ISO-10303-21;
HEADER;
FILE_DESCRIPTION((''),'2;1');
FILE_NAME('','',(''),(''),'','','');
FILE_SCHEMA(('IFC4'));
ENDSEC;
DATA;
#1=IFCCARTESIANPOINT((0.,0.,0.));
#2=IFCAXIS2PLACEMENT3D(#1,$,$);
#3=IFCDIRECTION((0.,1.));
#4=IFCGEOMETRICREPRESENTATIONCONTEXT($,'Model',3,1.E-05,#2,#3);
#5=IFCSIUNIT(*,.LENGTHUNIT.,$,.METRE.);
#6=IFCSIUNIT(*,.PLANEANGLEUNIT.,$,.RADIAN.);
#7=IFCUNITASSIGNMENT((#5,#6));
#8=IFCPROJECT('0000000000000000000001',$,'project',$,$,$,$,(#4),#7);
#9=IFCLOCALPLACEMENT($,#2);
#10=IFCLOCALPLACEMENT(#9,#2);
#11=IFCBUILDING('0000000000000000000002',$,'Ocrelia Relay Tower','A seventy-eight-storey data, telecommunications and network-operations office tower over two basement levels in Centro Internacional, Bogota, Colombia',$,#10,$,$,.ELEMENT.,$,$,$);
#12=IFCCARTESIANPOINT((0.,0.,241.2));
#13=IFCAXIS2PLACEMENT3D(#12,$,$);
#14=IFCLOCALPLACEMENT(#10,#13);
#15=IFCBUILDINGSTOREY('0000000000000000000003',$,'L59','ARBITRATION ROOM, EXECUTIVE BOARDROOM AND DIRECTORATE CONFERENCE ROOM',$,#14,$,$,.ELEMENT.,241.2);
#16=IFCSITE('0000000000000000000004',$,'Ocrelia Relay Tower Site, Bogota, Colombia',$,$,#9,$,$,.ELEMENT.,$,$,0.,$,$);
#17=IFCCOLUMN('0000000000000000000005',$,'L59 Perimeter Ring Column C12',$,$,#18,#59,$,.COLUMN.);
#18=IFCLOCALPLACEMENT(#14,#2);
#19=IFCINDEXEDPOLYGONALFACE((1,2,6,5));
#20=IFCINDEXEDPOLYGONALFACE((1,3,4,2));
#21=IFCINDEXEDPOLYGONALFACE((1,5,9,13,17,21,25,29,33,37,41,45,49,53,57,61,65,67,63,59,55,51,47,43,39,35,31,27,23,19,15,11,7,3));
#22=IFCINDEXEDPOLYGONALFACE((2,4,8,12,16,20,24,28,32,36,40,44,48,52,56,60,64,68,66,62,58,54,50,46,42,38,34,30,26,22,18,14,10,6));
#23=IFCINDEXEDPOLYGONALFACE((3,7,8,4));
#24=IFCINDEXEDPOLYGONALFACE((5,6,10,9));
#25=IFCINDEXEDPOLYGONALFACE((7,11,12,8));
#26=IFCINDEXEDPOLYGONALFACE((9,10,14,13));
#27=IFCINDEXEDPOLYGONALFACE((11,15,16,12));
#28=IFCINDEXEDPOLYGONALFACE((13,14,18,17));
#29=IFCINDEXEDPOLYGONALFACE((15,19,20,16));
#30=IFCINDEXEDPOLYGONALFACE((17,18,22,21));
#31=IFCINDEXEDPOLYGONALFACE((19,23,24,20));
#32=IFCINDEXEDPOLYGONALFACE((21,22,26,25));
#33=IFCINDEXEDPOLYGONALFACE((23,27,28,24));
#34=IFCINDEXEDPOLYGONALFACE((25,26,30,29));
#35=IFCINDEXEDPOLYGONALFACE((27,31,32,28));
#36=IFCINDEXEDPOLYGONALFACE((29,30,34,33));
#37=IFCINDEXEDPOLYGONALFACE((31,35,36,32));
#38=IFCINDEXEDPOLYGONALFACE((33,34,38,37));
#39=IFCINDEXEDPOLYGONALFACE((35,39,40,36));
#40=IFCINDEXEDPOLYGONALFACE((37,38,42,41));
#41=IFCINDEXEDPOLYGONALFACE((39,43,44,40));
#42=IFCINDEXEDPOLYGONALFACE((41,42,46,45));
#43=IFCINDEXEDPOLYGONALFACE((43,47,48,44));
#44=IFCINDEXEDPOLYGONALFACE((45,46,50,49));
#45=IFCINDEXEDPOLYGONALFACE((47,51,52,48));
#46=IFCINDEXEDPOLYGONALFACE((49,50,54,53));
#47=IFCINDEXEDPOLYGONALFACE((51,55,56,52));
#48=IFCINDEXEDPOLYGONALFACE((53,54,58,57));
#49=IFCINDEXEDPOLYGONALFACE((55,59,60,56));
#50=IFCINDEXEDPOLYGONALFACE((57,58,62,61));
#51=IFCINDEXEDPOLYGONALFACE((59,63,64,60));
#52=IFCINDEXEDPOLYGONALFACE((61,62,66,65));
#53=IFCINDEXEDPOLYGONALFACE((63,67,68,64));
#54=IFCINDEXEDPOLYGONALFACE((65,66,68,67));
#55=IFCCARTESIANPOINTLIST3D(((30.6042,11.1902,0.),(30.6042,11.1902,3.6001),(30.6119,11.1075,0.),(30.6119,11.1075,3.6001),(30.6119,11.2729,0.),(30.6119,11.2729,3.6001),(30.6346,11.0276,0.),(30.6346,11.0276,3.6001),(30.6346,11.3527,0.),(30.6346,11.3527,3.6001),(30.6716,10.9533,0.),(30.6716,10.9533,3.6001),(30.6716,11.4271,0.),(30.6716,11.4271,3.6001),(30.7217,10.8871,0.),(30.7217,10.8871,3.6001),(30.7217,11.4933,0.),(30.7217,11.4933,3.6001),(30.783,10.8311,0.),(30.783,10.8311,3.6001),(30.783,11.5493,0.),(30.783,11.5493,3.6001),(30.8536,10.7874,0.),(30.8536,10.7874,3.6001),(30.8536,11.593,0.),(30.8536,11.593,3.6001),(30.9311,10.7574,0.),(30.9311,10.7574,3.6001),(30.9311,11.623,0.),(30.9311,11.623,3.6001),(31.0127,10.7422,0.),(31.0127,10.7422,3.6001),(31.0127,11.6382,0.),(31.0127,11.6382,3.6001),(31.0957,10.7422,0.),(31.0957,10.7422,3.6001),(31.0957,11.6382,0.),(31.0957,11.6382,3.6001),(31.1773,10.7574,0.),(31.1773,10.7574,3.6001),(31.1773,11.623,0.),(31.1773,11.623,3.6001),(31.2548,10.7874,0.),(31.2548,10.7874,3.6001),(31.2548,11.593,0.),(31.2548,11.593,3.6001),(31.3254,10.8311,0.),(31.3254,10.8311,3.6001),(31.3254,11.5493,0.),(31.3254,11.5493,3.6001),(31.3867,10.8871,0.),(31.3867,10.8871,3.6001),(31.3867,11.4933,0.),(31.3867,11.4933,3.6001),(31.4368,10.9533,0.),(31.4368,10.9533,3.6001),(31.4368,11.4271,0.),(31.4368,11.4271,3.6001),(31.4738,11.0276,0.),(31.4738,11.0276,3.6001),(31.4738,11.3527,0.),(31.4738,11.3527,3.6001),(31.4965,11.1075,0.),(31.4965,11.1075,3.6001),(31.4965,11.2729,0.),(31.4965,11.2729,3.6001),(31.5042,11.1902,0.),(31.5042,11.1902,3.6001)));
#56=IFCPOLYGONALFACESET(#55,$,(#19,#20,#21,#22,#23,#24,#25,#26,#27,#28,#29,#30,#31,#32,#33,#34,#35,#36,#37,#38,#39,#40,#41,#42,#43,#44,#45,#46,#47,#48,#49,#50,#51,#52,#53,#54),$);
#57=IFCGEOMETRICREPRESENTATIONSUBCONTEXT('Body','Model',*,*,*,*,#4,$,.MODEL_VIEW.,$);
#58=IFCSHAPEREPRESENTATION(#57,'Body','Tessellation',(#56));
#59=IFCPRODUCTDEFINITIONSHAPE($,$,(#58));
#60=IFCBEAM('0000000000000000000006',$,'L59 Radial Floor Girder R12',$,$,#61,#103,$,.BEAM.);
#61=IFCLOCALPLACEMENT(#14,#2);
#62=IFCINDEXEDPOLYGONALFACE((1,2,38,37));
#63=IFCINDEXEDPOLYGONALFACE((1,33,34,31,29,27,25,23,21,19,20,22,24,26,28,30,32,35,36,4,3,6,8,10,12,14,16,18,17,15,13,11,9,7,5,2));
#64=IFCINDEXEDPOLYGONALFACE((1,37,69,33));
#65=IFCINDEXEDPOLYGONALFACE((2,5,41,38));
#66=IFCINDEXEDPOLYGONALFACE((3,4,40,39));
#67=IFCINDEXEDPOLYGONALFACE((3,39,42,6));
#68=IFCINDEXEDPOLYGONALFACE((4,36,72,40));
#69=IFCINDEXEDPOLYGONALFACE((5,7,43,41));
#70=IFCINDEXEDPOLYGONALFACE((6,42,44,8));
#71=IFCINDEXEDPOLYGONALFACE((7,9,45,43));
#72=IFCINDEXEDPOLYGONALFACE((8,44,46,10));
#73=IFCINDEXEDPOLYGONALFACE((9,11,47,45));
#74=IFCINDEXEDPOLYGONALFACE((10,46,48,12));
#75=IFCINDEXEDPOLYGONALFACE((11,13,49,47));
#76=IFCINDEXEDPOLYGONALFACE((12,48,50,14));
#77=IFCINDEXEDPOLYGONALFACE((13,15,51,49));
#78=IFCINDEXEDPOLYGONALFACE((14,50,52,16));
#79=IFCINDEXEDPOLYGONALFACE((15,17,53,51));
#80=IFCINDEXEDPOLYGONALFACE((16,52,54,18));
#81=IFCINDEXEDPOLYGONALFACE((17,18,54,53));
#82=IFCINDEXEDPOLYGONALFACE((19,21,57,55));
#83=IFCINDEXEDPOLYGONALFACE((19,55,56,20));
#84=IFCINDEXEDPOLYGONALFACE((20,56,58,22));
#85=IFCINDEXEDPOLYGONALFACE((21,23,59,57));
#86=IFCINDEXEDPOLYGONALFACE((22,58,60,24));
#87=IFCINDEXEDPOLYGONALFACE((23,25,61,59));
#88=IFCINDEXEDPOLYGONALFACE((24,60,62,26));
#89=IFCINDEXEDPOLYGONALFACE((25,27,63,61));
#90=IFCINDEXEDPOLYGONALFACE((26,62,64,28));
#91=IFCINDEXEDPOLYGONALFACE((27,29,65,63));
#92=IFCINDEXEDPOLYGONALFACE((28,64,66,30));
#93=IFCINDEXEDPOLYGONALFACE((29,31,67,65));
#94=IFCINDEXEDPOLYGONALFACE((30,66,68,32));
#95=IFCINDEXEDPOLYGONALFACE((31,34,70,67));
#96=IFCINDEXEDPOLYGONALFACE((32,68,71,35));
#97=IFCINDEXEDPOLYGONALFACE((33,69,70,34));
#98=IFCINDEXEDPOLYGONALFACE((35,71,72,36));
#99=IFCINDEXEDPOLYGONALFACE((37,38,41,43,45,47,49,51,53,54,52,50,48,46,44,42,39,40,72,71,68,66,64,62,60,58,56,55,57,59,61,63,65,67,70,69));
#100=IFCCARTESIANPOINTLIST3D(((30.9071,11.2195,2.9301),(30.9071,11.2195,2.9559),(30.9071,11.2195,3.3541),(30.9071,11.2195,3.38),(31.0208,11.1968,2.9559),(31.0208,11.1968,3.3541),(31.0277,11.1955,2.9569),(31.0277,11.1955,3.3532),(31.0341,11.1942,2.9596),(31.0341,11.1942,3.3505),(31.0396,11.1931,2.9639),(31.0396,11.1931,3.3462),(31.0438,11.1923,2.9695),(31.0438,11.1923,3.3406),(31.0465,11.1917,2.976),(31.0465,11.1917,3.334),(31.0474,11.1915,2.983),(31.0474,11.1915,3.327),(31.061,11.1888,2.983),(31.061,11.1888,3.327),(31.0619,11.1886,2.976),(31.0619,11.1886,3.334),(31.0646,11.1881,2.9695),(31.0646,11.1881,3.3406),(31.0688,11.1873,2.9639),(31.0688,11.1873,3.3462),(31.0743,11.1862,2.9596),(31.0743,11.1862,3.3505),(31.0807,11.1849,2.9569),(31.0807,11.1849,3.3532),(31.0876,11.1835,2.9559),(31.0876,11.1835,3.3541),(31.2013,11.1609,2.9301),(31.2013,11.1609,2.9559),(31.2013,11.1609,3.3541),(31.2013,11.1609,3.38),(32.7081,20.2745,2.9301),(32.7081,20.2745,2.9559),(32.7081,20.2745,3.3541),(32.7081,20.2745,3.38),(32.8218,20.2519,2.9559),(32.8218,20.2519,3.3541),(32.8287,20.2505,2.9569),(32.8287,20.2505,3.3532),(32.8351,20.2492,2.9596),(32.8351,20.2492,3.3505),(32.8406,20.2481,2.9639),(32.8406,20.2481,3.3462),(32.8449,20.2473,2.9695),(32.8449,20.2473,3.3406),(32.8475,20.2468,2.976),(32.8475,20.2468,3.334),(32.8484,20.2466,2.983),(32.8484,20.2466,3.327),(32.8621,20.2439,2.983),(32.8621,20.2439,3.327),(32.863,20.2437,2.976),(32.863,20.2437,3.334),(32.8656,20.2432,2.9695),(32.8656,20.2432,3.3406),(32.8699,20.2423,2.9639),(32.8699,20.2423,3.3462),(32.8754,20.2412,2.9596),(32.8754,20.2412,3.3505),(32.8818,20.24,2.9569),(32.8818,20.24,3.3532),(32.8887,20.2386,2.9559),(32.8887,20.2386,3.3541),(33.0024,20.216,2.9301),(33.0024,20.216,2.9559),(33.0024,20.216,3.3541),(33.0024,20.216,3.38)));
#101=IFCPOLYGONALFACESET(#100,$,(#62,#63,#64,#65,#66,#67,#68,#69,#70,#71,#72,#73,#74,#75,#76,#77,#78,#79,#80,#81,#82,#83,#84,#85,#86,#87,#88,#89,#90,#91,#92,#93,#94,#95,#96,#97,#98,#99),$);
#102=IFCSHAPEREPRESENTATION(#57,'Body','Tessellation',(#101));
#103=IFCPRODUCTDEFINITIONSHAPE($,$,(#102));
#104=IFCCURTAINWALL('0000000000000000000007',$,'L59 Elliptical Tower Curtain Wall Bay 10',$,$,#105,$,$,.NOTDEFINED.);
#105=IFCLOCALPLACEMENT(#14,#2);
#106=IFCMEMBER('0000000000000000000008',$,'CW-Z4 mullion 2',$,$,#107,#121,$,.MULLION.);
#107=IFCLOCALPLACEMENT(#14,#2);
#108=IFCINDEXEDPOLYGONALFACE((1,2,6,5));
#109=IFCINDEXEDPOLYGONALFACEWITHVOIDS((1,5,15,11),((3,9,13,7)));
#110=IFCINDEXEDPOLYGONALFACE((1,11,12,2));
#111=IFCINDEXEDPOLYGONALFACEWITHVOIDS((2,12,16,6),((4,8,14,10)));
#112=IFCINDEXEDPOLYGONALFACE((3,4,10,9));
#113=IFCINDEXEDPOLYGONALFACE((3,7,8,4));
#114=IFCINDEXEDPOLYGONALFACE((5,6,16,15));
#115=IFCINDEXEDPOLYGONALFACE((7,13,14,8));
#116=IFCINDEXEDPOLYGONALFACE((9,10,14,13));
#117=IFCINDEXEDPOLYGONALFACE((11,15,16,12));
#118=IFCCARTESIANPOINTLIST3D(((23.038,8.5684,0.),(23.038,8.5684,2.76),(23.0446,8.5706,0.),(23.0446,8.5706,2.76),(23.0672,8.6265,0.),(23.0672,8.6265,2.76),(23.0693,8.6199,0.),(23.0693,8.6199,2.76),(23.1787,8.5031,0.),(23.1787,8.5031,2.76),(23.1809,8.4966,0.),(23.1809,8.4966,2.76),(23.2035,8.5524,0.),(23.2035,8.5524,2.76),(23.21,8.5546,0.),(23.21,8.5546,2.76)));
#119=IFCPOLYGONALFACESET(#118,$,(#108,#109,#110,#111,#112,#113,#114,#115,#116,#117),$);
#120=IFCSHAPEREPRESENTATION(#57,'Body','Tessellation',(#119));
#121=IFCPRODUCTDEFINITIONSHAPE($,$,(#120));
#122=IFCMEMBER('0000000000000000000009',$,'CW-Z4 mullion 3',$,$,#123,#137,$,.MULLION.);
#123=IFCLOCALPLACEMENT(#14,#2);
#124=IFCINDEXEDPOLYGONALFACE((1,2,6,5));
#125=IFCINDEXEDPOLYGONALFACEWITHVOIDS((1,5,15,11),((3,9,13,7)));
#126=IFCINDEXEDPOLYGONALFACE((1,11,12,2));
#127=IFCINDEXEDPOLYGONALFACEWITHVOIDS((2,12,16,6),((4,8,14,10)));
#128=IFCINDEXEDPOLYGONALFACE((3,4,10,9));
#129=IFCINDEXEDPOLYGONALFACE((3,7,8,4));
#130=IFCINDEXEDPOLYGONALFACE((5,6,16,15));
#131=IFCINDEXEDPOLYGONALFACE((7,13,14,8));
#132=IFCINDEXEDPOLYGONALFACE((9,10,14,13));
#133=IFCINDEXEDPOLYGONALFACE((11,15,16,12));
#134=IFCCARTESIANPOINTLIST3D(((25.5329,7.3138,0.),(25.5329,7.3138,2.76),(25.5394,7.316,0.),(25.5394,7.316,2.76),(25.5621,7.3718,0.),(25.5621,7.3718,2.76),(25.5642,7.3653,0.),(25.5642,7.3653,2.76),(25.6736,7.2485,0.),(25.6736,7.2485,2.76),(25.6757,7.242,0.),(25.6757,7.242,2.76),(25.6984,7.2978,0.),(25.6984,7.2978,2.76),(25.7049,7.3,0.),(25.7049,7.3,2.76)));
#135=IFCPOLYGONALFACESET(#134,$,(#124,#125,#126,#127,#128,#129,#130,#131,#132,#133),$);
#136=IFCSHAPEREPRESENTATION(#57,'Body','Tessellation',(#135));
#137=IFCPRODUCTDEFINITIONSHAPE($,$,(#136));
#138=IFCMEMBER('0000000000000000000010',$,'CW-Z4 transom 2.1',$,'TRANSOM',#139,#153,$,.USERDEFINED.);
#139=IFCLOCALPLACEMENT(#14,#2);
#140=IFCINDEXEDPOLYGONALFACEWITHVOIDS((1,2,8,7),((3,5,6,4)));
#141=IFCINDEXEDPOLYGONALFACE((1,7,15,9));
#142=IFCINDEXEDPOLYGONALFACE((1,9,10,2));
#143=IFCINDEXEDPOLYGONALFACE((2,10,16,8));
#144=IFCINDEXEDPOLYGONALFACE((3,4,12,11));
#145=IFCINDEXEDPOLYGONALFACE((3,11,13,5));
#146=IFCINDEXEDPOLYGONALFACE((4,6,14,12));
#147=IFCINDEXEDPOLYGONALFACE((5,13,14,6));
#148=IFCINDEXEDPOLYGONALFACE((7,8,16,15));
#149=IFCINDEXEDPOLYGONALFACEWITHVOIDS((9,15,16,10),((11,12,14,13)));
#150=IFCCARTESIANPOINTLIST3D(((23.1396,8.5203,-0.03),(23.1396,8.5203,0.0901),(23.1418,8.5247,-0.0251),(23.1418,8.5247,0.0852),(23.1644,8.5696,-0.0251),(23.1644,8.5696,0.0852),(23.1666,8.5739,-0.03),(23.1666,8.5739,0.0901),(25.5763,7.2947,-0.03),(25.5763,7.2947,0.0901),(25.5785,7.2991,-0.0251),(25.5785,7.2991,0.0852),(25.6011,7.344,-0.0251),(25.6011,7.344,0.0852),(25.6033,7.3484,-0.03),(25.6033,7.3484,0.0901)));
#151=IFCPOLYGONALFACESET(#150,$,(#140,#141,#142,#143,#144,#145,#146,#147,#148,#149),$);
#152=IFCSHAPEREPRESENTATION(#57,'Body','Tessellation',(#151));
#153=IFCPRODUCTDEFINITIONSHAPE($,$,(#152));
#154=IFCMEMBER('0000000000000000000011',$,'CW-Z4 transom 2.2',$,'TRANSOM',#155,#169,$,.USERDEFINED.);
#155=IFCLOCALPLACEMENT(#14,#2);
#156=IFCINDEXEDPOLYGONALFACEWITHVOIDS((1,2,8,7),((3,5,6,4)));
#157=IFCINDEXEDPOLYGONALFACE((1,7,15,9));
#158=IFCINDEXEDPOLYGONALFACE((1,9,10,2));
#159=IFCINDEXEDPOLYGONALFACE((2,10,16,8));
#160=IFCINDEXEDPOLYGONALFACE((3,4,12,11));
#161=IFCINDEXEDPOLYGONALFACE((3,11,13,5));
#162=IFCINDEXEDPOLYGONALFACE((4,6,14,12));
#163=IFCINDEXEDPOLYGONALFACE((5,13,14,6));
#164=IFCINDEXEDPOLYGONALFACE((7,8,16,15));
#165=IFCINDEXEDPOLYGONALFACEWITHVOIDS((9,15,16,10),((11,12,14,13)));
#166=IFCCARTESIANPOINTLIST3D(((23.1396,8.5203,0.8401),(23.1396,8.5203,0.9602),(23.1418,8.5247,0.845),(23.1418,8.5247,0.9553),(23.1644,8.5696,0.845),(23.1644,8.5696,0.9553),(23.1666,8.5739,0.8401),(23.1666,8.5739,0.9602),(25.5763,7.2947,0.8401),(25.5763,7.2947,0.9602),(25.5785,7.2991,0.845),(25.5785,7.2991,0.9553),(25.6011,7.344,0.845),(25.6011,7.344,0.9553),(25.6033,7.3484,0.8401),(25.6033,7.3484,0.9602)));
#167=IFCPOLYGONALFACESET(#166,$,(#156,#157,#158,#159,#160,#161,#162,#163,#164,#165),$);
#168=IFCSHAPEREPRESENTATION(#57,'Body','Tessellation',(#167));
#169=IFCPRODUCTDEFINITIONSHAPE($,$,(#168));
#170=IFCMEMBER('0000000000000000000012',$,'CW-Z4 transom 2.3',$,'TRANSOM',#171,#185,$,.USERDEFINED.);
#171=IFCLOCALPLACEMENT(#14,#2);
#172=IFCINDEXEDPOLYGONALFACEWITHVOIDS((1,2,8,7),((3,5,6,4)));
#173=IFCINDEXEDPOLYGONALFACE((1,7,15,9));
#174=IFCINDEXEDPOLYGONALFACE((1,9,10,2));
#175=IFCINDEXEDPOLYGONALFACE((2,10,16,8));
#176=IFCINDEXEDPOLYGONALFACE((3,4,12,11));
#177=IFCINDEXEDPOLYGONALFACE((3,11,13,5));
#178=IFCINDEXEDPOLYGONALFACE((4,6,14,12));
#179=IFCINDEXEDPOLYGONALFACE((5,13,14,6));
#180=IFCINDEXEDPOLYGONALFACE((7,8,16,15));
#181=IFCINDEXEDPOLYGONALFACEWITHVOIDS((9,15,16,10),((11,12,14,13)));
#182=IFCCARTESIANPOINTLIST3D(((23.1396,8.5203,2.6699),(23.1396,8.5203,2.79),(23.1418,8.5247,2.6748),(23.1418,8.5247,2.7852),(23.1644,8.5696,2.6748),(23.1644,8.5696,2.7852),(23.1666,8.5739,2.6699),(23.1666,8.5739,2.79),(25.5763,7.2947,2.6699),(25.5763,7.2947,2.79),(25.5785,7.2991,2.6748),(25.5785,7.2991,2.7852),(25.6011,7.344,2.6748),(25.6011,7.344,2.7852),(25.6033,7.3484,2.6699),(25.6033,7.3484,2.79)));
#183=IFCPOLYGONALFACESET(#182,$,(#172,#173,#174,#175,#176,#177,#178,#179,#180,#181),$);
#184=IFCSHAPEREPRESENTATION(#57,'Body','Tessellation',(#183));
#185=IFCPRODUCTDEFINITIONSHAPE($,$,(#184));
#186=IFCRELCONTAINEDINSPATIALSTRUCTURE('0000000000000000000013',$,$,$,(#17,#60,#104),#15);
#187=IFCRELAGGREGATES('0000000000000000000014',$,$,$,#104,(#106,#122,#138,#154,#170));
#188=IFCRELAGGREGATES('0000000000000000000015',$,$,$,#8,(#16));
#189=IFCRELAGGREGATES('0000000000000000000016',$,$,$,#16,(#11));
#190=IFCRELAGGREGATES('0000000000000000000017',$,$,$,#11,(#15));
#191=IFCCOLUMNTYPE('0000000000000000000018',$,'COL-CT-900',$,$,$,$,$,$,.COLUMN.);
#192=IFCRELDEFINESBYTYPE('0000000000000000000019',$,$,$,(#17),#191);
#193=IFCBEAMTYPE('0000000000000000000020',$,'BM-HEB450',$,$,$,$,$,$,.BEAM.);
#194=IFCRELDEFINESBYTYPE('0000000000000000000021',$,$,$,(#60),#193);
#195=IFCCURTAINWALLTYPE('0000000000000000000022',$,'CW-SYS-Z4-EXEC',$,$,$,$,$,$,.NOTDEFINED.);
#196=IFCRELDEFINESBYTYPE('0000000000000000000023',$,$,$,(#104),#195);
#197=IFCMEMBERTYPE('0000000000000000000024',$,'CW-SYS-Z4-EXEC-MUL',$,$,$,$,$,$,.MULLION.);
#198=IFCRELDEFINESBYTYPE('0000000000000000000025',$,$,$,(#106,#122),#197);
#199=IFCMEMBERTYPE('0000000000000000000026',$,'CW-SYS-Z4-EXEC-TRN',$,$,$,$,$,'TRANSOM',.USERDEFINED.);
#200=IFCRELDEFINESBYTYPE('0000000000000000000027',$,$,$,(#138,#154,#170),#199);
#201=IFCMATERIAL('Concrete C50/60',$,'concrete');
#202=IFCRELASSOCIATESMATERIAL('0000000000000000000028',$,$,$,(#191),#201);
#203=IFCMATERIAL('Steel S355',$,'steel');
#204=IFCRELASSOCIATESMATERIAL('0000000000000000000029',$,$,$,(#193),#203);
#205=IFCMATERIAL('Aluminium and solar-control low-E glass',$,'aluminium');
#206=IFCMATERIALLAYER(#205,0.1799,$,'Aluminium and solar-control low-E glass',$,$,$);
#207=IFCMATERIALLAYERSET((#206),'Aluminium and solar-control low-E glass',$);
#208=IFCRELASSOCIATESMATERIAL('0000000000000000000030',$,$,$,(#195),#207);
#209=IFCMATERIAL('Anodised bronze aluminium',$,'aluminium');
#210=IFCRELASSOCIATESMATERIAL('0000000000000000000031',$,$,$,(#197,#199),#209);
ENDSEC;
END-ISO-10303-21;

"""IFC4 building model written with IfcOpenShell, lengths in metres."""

from ifc_helpers import new_model, si_unit, direction, frame, origin, origin_2d, place, context, subcontext, project, spatial, hollow_rectangle, circle, i_section, extrude, material, layer, layer_set, material_profile, profile_set, type_object, element, aggregate, save


model = new_model("IFC4")

# Units and contexts
model_context = context("Model", 3, precision=1e-05, world=origin(), true_north=direction((0.0, 1.0)))
body_context = subcontext(model_context, "Body", "Model", "MODEL_VIEW")
ifc_project = project(units=[si_unit("LENGTHUNIT", "METRE"), si_unit("PLANEANGLEUNIT", "RADIAN")], contexts=[model_context])

# Site, building, storey
site_placement = place(None, origin())
site = spatial("IfcSite", under=ifc_project, at=site_placement, Name="Ocrelia Relay Tower Site, Bogota, Colombia", CompositionType="ELEMENT", RefElevation=0.0)
building_placement = place(site_placement, origin())
building = spatial("IfcBuilding", under=site, at=building_placement, Name="Ocrelia Relay Tower", Description="A seventy-eight-storey data, telecommunications and network-operations office tower over two basement levels in Centro Internacional, Bogota, Colombia", CompositionType="ELEMENT")
storey_placement = place(building_placement, frame((0.0, 0.0, 241.2)))
storey = spatial("IfcBuildingStorey", under=building, at=storey_placement, Name="L59", Description="ARBITRATION ROOM, EXECUTIVE BOARDROOM AND DIRECTORATE CONFERENCE ROOM", CompositionType="ELEMENT", Elevation=241.2)

# Column
ifc_material_1 = material(Name="Concrete C50/60", Category="concrete")
ifc_material_profile_1 = material_profile(ifc_material_1, circle(Radius=0.45, at=origin_2d()), Name="RC-CIR-900")
ifc_profile_set_1 = profile_set([ifc_material_profile_1], Name="Concrete C50/60")
column_type = type_object("IfcColumnType", Name="COL-CT-900", PredefinedType="COLUMN", material=ifc_profile_set_1)
column_placement = place(storey_placement, frame((31.0542, 11.1902, 0.0), z_axis=(0.0, 0.0, 1.0), x_axis=(1.0, 0.0, 0.0)))
element("IfcColumn", 1, at=column_placement, inside=storey, type_object=column_type, Name="L59 Perimeter Ring Column C12", PredefinedType="COLUMN", context=body_context, shape_type="SweptSolid", body=[
    extrude(circle(Radius=0.45, at=origin_2d()), origin(), (0.0, 0.0, 1.0), 3.6001),
])

# Beam
ifc_material_2 = material(Name="Steel S355", Category="steel")
ifc_material_profile_2 = material_profile(ifc_material_2, i_section(OverallWidth=0.3, OverallDepth=0.45, WebThickness=0.0139, FlangeThickness=0.0259, FilletRadius=0.0271, at=origin_2d()), Name="HEB 450")
ifc_profile_set_2 = profile_set([ifc_material_profile_2], Name="Steel S355")
beam_type = type_object("IfcBeamType", Name="BM-HEB450", PredefinedType="BEAM", material=ifc_profile_set_2)
beam_placement = place(storey_placement, frame((31.0542, 11.1902, 3.155), z_axis=(0.195079, 0.980788, 0.0), x_axis=(-0.980788, 0.195079, 0.0)))
element("IfcBeam", 2, at=beam_placement, inside=storey, type_object=beam_type, Name="L59 Radial Floor Girder R12", PredefinedType="BEAM", context=body_context, shape_type="SweptSolid", body=[
    extrude(i_section(OverallWidth=0.3, OverallDepth=0.45, WebThickness=0.0139, FlangeThickness=0.0259, FilletRadius=0.0271, at=origin_2d()), origin(), (0.0, 0.0, 1.0), 9.2324),
])

# Curtain wall, members
ifc_material_3 = material(Name="Aluminium and solar-control low-E glass", Category="aluminium")
ifc_layer_1 = layer(ifc_material_3, 0.1799, Name="Aluminium and solar-control low-E glass")
ifc_layer_set_1 = layer_set([ifc_layer_1], Name="Aluminium and solar-control low-E glass")
curtain_wall_type = type_object("IfcCurtainWallType", Name="CW-SYS-Z4-EXEC", PredefinedType="NOTDEFINED", material=ifc_layer_set_1)
curtain_wall_placement = place(storey_placement, origin())
curtain_wall = element("IfcCurtainWall", 3, at=curtain_wall_placement, inside=storey, type_object=curtain_wall_type, Name="L59 Elliptical Tower Curtain Wall Bay 10", PredefinedType="NOTDEFINED")
ifc_material_4 = material(Name="Anodised bronze aluminium", Category="aluminium")
ifc_material_profile_3 = material_profile(ifc_material_4, hollow_rectangle(XDim=0.0649, YDim=0.1599, WallThickness=0.0049, at=origin_2d()), Name="CW-MUL-160x65")
ifc_profile_set_3 = profile_set([ifc_material_profile_3], Name="Anodised bronze aluminium")
member_type_1 = type_object("IfcMemberType", Name="CW-SYS-Z4-EXEC-MUL", PredefinedType="MULLION", material=ifc_profile_set_3)
member_1_placement = place(storey_placement, frame((23.124, 8.5615, 0.0), z_axis=(0.0, 0.0, 1.0), x_axis=(0.449287, 0.893388, 0.0)))
member_1 = element("IfcMember", 4, at=member_1_placement, type_object=member_type_1, Name="CW-Z4 mullion 2", PredefinedType="MULLION", context=body_context, shape_type="SweptSolid", body=[
    extrude(hollow_rectangle(XDim=0.0649, YDim=0.1599, WallThickness=0.0049, at=origin_2d()), origin(), (0.0, 0.0, 1.0), 2.76),
])
member_2_placement = place(storey_placement, frame((25.6189, 7.3069, 0.0), z_axis=(0.0, 0.0, 1.0), x_axis=(0.449287, 0.893388, 0.0)))
member_2 = element("IfcMember", 5, at=member_2_placement, type_object=member_type_1, Name="CW-Z4 mullion 3", PredefinedType="MULLION", context=body_context, shape_type="SweptSolid", body=[
    extrude(hollow_rectangle(XDim=0.0649, YDim=0.1599, WallThickness=0.0049, at=origin_2d()), origin(), (0.0, 0.0, 1.0), 2.76),
])
ifc_material_profile_4 = material_profile(ifc_material_4, hollow_rectangle(XDim=0.0601, YDim=0.1201, WallThickness=0.0049, at=origin_2d()), Name="CW-TRN-120x60")
ifc_profile_set_4 = profile_set([ifc_material_profile_4], Name="Anodised bronze aluminium")
member_type_2 = type_object("IfcMemberType", Name="CW-SYS-Z4-EXEC-TRN", ElementType="TRANSOM", PredefinedType="USERDEFINED", material=ifc_profile_set_4)
member_3_placement = place(storey_placement, frame((23.1531, 8.5471, 0.03), z_axis=(0.893369, -0.449325, 0.0), x_axis=(0.449325, 0.893369, 0.0)))
member_3 = element("IfcMember", 6, at=member_3_placement, type_object=member_type_2, Name="CW-Z4 transom 2.1", ObjectType="TRANSOM", PredefinedType="USERDEFINED", context=body_context, shape_type="SweptSolid", body=[
    extrude(hollow_rectangle(XDim=0.0601, YDim=0.1201, WallThickness=0.0049, at=origin_2d()), origin(), (0.0, 0.0, 1.0), 2.7275),
])
member_4_placement = place(storey_placement, frame((23.1531, 8.5471, 0.9001), z_axis=(0.893369, -0.449325, 0.0), x_axis=(0.449325, 0.893369, 0.0)))
member_4 = element("IfcMember", 7, at=member_4_placement, type_object=member_type_2, Name="CW-Z4 transom 2.2", ObjectType="TRANSOM", PredefinedType="USERDEFINED", context=body_context, shape_type="SweptSolid", body=[
    extrude(hollow_rectangle(XDim=0.0601, YDim=0.1201, WallThickness=0.0049, at=origin_2d()), origin(), (0.0, 0.0, 1.0), 2.7275),
])
member_5_placement = place(storey_placement, frame((23.1531, 8.5471, 2.73), z_axis=(0.893369, -0.449325, 0.0), x_axis=(0.449325, 0.893369, 0.0)))
member_5 = element("IfcMember", 8, at=member_5_placement, type_object=member_type_2, Name="CW-Z4 transom 2.3", ObjectType="TRANSOM", PredefinedType="USERDEFINED", context=body_context, shape_type="SweptSolid", body=[
    extrude(hollow_rectangle(XDim=0.0601, YDim=0.1201, WallThickness=0.0049, at=origin_2d()), origin(), (0.0, 0.0, 1.0), 2.7275),
])
aggregate(curtain_wall, [member_1, member_2, member_3, member_4, member_5])

save(model, "model.ifc")
